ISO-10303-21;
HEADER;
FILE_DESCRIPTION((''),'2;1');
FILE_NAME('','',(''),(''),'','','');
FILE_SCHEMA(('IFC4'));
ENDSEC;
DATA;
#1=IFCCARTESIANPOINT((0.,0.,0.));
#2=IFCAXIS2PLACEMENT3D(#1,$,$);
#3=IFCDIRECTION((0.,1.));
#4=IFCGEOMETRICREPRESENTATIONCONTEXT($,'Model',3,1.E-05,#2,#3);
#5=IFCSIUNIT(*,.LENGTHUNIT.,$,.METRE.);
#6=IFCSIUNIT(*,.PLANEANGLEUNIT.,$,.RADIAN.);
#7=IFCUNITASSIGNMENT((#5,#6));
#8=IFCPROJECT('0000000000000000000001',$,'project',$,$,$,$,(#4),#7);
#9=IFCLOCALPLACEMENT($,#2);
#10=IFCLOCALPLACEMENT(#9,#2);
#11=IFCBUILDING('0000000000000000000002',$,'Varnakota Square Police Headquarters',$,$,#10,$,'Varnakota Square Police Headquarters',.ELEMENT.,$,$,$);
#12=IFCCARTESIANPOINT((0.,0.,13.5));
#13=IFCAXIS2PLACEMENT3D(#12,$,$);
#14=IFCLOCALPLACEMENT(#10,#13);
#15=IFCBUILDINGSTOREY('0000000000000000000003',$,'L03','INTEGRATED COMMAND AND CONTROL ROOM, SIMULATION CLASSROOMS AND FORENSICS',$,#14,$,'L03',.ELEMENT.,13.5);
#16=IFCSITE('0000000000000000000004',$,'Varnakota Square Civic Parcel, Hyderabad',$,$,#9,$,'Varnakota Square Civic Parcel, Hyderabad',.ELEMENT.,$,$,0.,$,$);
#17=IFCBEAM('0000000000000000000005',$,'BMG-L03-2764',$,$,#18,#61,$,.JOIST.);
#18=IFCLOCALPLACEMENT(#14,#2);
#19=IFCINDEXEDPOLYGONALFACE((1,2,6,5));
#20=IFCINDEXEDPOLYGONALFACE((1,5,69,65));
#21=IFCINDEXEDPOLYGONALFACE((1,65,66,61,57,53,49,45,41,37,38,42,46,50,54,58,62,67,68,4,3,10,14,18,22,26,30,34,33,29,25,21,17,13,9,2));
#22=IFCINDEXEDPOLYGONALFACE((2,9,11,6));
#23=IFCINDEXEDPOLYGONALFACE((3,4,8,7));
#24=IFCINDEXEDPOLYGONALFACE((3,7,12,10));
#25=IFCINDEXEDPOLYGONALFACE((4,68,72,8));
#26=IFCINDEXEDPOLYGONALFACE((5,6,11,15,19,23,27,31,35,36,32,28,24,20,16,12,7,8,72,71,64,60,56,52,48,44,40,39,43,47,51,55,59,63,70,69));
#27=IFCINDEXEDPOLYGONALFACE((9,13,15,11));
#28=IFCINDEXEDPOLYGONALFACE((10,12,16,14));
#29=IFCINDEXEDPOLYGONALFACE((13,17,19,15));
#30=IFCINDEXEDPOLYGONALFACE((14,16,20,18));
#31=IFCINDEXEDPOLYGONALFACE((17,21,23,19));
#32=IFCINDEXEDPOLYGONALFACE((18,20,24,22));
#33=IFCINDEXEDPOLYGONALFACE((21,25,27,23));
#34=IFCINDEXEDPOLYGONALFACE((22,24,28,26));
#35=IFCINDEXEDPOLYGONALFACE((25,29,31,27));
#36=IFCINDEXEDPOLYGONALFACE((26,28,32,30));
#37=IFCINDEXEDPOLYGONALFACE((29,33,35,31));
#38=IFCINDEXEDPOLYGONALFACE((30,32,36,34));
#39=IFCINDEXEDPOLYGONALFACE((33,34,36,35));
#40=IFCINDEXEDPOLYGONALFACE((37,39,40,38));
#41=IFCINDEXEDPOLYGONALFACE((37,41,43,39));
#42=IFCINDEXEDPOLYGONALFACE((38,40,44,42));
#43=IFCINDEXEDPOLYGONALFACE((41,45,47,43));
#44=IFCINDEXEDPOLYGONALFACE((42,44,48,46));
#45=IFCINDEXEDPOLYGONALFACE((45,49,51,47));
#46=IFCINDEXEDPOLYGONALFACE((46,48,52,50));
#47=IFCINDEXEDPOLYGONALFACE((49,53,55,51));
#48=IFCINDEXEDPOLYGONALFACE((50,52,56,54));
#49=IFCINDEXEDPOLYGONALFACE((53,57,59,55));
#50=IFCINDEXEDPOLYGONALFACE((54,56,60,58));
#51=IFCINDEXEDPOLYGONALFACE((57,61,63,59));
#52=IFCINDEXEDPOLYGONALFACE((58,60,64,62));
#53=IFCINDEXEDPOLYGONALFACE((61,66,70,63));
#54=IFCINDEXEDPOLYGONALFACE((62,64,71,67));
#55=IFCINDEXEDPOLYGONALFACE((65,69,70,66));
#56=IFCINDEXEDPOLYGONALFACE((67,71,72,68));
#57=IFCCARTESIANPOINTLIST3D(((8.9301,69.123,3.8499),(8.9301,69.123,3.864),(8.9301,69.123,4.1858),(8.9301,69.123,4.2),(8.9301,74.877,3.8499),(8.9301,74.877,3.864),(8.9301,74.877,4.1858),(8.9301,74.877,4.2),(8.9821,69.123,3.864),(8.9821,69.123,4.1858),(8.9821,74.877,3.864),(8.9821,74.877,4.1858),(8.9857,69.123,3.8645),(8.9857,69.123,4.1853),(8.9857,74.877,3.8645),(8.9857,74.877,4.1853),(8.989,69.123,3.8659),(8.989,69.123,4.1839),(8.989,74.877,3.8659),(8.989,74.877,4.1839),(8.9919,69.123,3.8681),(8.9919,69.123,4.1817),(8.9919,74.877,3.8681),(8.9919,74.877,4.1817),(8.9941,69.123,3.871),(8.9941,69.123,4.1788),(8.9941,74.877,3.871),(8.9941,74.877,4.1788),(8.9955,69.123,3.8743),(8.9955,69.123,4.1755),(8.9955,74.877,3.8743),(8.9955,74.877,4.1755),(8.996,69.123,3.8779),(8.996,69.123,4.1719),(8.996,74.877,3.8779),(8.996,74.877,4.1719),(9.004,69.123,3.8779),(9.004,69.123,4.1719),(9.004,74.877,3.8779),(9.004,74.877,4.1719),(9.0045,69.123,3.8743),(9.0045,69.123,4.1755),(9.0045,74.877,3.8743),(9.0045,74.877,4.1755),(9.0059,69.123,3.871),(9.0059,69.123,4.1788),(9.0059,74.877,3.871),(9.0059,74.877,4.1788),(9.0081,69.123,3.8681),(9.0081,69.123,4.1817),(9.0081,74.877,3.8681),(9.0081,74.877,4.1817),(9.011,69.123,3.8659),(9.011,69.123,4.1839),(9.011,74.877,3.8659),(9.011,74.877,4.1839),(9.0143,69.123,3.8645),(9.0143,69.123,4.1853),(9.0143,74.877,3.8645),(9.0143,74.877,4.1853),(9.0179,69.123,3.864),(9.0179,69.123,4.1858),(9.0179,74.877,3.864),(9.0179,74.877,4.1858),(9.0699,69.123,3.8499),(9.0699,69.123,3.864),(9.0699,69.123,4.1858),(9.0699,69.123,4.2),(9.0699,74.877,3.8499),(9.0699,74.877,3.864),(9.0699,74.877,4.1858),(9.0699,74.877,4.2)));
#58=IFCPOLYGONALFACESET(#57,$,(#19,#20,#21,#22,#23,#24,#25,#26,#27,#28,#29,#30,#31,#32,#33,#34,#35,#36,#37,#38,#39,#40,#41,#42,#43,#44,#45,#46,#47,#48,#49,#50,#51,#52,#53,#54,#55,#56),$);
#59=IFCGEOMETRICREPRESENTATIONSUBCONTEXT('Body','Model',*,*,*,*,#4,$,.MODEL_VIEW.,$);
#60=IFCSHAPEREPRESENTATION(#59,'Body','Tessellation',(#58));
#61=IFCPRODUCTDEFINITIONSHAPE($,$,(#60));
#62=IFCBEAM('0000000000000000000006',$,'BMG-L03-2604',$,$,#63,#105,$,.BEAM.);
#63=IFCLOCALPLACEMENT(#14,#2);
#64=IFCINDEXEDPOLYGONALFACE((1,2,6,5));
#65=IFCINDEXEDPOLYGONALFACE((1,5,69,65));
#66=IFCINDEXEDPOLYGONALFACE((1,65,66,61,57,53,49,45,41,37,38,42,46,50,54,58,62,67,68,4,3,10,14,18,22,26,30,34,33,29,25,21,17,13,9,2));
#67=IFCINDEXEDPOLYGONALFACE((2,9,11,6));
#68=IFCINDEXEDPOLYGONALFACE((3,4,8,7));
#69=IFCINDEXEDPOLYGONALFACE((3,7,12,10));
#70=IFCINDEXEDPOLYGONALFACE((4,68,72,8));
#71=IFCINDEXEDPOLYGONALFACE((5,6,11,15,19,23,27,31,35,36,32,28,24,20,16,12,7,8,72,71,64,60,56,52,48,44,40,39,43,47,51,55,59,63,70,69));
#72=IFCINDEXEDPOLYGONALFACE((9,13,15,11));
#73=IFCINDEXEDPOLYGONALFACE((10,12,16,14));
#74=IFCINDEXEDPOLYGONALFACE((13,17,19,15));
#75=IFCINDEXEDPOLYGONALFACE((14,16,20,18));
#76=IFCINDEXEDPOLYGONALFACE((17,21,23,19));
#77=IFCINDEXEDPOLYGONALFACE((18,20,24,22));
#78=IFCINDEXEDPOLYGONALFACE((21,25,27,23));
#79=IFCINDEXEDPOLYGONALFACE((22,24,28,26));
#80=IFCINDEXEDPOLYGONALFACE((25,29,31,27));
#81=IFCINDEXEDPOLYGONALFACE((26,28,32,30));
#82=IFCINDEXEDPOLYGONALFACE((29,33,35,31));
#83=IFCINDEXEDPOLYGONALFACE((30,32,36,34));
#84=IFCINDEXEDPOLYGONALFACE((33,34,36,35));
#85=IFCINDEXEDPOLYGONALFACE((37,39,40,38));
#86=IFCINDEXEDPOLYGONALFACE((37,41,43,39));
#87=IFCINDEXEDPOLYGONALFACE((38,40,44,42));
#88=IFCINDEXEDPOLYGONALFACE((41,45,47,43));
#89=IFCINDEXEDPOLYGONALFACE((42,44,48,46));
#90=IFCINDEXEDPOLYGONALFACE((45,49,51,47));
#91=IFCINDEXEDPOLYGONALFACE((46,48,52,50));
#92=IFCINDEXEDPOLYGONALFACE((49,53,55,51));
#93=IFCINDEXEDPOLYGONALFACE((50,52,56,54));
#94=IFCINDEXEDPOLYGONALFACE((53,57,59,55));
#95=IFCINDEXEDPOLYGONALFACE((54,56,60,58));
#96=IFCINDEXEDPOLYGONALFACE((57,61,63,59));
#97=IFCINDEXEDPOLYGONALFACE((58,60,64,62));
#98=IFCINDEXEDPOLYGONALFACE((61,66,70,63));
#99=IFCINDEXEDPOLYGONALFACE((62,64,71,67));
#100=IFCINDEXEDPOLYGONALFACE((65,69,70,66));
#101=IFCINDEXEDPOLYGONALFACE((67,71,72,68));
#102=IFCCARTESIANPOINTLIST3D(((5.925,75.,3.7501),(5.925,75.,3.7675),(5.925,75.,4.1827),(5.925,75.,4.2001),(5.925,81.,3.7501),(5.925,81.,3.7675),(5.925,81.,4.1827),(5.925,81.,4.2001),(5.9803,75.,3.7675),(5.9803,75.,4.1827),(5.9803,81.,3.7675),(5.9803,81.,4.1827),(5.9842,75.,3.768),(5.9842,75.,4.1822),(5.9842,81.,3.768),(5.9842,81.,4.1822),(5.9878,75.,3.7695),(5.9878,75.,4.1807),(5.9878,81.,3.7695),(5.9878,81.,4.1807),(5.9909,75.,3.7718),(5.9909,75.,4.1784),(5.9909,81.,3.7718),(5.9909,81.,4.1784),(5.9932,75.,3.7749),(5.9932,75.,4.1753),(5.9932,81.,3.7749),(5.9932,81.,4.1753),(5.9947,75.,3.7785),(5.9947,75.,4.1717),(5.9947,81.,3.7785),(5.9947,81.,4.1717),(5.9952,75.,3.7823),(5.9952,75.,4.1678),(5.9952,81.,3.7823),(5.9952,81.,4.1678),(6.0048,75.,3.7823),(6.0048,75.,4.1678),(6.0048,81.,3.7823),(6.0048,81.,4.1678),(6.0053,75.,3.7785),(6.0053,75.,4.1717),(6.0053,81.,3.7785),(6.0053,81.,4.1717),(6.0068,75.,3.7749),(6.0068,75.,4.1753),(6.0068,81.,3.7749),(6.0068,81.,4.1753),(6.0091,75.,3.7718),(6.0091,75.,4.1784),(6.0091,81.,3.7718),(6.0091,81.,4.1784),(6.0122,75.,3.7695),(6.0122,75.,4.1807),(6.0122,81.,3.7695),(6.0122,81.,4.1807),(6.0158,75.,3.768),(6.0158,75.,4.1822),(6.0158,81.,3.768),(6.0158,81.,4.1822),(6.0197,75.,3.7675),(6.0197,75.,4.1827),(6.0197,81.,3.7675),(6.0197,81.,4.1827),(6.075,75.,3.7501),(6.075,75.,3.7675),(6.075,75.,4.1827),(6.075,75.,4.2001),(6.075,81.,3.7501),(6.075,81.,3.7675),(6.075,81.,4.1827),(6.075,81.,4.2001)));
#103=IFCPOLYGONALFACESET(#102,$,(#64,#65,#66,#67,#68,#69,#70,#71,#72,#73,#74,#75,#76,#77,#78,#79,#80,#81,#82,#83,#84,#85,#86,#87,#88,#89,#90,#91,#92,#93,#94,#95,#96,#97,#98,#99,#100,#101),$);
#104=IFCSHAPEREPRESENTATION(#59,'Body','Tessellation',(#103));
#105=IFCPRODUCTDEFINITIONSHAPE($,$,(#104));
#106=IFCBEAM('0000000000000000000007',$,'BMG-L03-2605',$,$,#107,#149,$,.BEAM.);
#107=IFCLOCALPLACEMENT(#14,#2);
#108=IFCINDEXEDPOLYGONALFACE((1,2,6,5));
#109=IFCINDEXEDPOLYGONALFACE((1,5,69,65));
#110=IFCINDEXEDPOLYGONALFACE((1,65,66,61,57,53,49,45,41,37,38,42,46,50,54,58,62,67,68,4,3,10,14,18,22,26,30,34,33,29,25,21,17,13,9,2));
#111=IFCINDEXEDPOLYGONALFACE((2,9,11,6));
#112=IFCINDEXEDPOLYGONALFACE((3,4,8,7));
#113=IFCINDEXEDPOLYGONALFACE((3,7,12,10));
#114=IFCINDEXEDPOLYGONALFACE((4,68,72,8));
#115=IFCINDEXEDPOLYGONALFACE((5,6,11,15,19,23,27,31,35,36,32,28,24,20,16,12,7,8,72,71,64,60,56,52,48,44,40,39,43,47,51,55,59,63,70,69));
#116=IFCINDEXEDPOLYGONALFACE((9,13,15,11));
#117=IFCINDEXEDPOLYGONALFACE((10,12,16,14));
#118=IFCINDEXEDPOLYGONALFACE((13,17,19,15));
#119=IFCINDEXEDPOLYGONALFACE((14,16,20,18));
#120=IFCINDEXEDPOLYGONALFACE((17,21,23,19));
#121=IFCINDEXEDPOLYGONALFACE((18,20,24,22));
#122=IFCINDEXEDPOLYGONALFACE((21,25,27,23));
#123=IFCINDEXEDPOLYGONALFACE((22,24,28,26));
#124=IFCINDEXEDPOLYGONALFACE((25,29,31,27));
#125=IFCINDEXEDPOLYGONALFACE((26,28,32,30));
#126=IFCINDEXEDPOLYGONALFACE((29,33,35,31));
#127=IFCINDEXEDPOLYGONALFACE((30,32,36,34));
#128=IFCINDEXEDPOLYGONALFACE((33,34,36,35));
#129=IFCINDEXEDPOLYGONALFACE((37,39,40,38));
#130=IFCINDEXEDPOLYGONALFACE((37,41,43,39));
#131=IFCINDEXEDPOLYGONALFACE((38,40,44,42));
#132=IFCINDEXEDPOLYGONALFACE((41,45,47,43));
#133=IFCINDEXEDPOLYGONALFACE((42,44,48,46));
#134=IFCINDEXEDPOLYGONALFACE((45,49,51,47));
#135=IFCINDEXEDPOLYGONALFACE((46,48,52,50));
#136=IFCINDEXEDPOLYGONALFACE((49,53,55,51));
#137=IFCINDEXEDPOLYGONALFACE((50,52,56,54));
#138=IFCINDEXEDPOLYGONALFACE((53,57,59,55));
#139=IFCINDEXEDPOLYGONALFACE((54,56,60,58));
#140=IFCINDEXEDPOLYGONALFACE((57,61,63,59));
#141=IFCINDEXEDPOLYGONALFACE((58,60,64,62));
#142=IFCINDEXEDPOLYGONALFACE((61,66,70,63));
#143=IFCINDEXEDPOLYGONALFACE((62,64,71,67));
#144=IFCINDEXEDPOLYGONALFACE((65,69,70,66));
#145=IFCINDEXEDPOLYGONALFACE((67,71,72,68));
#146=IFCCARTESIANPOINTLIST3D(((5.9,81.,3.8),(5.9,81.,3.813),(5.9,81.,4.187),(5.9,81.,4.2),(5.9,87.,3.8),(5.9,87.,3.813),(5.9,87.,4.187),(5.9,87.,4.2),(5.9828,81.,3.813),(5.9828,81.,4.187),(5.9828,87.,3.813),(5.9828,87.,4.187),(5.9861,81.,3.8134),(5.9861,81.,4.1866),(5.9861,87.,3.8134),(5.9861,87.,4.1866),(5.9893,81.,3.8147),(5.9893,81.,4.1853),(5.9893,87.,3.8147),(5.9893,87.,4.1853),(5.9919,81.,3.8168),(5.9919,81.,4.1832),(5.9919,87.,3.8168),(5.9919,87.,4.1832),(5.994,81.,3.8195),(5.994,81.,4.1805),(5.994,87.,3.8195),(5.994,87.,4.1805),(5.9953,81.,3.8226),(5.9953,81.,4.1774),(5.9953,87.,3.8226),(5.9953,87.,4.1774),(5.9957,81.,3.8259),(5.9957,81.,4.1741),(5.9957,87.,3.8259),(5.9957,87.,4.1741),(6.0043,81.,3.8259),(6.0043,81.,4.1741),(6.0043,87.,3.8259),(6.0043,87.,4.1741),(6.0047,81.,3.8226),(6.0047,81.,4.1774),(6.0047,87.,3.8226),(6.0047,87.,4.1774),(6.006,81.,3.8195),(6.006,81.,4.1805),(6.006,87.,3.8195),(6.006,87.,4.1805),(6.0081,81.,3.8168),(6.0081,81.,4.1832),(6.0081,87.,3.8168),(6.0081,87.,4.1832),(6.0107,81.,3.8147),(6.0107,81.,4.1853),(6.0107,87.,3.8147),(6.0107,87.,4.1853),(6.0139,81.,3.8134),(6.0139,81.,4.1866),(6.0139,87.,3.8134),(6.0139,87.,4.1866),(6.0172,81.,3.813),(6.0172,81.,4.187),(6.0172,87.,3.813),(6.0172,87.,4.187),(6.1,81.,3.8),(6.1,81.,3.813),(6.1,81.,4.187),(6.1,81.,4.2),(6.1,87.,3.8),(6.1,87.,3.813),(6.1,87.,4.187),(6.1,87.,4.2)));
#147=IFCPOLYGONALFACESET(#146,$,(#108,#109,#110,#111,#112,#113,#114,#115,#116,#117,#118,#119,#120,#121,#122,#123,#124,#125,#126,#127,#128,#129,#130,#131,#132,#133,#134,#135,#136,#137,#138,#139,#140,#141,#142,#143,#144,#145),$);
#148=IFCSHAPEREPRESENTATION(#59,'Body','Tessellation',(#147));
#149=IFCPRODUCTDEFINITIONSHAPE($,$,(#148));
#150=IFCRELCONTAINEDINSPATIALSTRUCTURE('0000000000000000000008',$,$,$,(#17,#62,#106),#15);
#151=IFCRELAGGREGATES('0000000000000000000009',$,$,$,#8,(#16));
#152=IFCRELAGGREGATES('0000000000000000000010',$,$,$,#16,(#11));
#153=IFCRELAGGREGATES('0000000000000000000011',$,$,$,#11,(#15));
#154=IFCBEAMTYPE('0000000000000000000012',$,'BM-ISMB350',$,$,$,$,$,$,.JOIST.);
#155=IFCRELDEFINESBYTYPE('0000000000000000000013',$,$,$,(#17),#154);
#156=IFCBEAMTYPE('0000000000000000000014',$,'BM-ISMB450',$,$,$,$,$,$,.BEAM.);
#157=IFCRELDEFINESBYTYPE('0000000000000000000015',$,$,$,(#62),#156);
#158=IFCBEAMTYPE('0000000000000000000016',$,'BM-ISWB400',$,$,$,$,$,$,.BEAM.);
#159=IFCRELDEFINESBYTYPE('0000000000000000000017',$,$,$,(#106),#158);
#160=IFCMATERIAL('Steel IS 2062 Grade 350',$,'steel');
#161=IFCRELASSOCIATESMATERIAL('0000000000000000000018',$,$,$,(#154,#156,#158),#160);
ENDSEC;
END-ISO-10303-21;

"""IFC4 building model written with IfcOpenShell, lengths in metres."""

from ifc_helpers import new_model, si_unit, direction, frame, origin, origin_2d, place, context, subcontext, project, spatial, i_section, extrude, material, material_profile, profile_set, type_object, element, save


model = new_model("IFC4")

# Units and contexts
model_context = context("Model", 3, precision=1e-05, world=origin(), true_north=direction((0.0, 1.0)))
body_context = subcontext(model_context, "Body", "Model", "MODEL_VIEW")
ifc_project = project(units=[si_unit("LENGTHUNIT", "METRE"), si_unit("PLANEANGLEUNIT", "RADIAN")], contexts=[model_context])

# Site, building, storey
site_placement = place(None, origin())
site = spatial("IfcSite", under=ifc_project, at=site_placement, Name="Varnakota Square Civic Parcel, Hyderabad", LongName="Varnakota Square Civic Parcel, Hyderabad", CompositionType="ELEMENT", RefElevation=0.0)
building_placement = place(site_placement, origin())
building = spatial("IfcBuilding", under=site, at=building_placement, Name="Varnakota Square Police Headquarters", LongName="Varnakota Square Police Headquarters", CompositionType="ELEMENT")
storey_placement = place(building_placement, frame((0.0, 0.0, 13.5)))
storey = spatial("IfcBuildingStorey", under=building, at=storey_placement, Name="L03", Description="INTEGRATED COMMAND AND CONTROL ROOM, SIMULATION CLASSROOMS AND FORENSICS", LongName="L03", CompositionType="ELEMENT", Elevation=13.5)

# Shared definitions
ifc_material_1 = material(Name="Steel IS 2062 Grade 350", Category="steel")

# Beams
ifc_material_profile_1 = material_profile(ifc_material_1, i_section(OverallWidth=0.1399, OverallDepth=0.3501, WebThickness=0.0081, FlangeThickness=0.0142, FilletRadius=0.0139, at=origin_2d()), Name="ISMB 350")
ifc_profile_set_1 = profile_set([ifc_material_profile_1], Name="Steel IS 2062 Grade 350")
beam_type_1 = type_object("IfcBeamType", Name="BM-ISMB350", PredefinedType="JOIST", material=ifc_profile_set_1)
beam_1_placement = place(storey_placement, frame((9.0, 69.123, 4.0249), z_axis=(0.0, 1.0, 0.0), x_axis=(-1.0, 0.0, 0.0)))
element("IfcBeam", 1, at=beam_1_placement, inside=storey, type_object=beam_type_1, Name="BMG-L03-2764", PredefinedType="JOIST", context=body_context, shape_type="SweptSolid", body=[
    extrude(i_section(OverallWidth=0.1399, OverallDepth=0.3501, WebThickness=0.0081, FlangeThickness=0.0142, FilletRadius=0.0139, at=origin_2d()), origin(), (0.0, 0.0, 1.0), 5.7539),
])
ifc_material_profile_2 = material_profile(ifc_material_1, i_section(OverallWidth=0.1499, OverallDepth=0.45, WebThickness=0.0095, FlangeThickness=0.0173, FilletRadius=0.0149, at=origin_2d()), Name="ISMB 450")
ifc_profile_set_2 = profile_set([ifc_material_profile_2], Name="Steel IS 2062 Grade 350")
beam_type_2 = type_object("IfcBeamType", Name="BM-ISMB450", PredefinedType="BEAM", material=ifc_profile_set_2)
beam_2_placement = place(storey_placement, frame((6.0, 75.0, 3.9751), z_axis=(0.0, 1.0, 0.0), x_axis=(-1.0, 0.0, 0.0)))
element("IfcBeam", 2, at=beam_2_placement, inside=storey, type_object=beam_type_2, Name="BMG-L03-2604", PredefinedType="BEAM", context=body_context, shape_type="SweptSolid", body=[
    extrude(i_section(OverallWidth=0.1499, OverallDepth=0.45, WebThickness=0.0095, FlangeThickness=0.0173, FilletRadius=0.0149, at=origin_2d()), origin(), (0.0, 0.0, 1.0), 6.0),
])
ifc_material_profile_3 = material_profile(ifc_material_1, i_section(OverallWidth=0.2, OverallDepth=0.3999, WebThickness=0.0085, FlangeThickness=0.0129, FilletRadius=0.0129, at=origin_2d()), Name="ISWB 400")
ifc_profile_set_3 = profile_set([ifc_material_profile_3], Name="Steel IS 2062 Grade 350")
beam_type_3 = type_object("IfcBeamType", Name="BM-ISWB400", PredefinedType="BEAM", material=ifc_profile_set_3)
beam_3_placement = place(storey_placement, frame((6.0, 81.0, 4.0), z_axis=(0.0, 1.0, 0.0), x_axis=(-1.0, 0.0, 0.0)))
element("IfcBeam", 3, at=beam_3_placement, inside=storey, type_object=beam_type_3, Name="BMG-L03-2605", PredefinedType="BEAM", context=body_context, shape_type="SweptSolid", body=[
    extrude(i_section(OverallWidth=0.2, OverallDepth=0.3999, WebThickness=0.0085, FlangeThickness=0.0129, FilletRadius=0.0129, at=origin_2d()), origin(), (0.0, 0.0, 1.0), 6.0),
])

save(model, "model.ifc")
